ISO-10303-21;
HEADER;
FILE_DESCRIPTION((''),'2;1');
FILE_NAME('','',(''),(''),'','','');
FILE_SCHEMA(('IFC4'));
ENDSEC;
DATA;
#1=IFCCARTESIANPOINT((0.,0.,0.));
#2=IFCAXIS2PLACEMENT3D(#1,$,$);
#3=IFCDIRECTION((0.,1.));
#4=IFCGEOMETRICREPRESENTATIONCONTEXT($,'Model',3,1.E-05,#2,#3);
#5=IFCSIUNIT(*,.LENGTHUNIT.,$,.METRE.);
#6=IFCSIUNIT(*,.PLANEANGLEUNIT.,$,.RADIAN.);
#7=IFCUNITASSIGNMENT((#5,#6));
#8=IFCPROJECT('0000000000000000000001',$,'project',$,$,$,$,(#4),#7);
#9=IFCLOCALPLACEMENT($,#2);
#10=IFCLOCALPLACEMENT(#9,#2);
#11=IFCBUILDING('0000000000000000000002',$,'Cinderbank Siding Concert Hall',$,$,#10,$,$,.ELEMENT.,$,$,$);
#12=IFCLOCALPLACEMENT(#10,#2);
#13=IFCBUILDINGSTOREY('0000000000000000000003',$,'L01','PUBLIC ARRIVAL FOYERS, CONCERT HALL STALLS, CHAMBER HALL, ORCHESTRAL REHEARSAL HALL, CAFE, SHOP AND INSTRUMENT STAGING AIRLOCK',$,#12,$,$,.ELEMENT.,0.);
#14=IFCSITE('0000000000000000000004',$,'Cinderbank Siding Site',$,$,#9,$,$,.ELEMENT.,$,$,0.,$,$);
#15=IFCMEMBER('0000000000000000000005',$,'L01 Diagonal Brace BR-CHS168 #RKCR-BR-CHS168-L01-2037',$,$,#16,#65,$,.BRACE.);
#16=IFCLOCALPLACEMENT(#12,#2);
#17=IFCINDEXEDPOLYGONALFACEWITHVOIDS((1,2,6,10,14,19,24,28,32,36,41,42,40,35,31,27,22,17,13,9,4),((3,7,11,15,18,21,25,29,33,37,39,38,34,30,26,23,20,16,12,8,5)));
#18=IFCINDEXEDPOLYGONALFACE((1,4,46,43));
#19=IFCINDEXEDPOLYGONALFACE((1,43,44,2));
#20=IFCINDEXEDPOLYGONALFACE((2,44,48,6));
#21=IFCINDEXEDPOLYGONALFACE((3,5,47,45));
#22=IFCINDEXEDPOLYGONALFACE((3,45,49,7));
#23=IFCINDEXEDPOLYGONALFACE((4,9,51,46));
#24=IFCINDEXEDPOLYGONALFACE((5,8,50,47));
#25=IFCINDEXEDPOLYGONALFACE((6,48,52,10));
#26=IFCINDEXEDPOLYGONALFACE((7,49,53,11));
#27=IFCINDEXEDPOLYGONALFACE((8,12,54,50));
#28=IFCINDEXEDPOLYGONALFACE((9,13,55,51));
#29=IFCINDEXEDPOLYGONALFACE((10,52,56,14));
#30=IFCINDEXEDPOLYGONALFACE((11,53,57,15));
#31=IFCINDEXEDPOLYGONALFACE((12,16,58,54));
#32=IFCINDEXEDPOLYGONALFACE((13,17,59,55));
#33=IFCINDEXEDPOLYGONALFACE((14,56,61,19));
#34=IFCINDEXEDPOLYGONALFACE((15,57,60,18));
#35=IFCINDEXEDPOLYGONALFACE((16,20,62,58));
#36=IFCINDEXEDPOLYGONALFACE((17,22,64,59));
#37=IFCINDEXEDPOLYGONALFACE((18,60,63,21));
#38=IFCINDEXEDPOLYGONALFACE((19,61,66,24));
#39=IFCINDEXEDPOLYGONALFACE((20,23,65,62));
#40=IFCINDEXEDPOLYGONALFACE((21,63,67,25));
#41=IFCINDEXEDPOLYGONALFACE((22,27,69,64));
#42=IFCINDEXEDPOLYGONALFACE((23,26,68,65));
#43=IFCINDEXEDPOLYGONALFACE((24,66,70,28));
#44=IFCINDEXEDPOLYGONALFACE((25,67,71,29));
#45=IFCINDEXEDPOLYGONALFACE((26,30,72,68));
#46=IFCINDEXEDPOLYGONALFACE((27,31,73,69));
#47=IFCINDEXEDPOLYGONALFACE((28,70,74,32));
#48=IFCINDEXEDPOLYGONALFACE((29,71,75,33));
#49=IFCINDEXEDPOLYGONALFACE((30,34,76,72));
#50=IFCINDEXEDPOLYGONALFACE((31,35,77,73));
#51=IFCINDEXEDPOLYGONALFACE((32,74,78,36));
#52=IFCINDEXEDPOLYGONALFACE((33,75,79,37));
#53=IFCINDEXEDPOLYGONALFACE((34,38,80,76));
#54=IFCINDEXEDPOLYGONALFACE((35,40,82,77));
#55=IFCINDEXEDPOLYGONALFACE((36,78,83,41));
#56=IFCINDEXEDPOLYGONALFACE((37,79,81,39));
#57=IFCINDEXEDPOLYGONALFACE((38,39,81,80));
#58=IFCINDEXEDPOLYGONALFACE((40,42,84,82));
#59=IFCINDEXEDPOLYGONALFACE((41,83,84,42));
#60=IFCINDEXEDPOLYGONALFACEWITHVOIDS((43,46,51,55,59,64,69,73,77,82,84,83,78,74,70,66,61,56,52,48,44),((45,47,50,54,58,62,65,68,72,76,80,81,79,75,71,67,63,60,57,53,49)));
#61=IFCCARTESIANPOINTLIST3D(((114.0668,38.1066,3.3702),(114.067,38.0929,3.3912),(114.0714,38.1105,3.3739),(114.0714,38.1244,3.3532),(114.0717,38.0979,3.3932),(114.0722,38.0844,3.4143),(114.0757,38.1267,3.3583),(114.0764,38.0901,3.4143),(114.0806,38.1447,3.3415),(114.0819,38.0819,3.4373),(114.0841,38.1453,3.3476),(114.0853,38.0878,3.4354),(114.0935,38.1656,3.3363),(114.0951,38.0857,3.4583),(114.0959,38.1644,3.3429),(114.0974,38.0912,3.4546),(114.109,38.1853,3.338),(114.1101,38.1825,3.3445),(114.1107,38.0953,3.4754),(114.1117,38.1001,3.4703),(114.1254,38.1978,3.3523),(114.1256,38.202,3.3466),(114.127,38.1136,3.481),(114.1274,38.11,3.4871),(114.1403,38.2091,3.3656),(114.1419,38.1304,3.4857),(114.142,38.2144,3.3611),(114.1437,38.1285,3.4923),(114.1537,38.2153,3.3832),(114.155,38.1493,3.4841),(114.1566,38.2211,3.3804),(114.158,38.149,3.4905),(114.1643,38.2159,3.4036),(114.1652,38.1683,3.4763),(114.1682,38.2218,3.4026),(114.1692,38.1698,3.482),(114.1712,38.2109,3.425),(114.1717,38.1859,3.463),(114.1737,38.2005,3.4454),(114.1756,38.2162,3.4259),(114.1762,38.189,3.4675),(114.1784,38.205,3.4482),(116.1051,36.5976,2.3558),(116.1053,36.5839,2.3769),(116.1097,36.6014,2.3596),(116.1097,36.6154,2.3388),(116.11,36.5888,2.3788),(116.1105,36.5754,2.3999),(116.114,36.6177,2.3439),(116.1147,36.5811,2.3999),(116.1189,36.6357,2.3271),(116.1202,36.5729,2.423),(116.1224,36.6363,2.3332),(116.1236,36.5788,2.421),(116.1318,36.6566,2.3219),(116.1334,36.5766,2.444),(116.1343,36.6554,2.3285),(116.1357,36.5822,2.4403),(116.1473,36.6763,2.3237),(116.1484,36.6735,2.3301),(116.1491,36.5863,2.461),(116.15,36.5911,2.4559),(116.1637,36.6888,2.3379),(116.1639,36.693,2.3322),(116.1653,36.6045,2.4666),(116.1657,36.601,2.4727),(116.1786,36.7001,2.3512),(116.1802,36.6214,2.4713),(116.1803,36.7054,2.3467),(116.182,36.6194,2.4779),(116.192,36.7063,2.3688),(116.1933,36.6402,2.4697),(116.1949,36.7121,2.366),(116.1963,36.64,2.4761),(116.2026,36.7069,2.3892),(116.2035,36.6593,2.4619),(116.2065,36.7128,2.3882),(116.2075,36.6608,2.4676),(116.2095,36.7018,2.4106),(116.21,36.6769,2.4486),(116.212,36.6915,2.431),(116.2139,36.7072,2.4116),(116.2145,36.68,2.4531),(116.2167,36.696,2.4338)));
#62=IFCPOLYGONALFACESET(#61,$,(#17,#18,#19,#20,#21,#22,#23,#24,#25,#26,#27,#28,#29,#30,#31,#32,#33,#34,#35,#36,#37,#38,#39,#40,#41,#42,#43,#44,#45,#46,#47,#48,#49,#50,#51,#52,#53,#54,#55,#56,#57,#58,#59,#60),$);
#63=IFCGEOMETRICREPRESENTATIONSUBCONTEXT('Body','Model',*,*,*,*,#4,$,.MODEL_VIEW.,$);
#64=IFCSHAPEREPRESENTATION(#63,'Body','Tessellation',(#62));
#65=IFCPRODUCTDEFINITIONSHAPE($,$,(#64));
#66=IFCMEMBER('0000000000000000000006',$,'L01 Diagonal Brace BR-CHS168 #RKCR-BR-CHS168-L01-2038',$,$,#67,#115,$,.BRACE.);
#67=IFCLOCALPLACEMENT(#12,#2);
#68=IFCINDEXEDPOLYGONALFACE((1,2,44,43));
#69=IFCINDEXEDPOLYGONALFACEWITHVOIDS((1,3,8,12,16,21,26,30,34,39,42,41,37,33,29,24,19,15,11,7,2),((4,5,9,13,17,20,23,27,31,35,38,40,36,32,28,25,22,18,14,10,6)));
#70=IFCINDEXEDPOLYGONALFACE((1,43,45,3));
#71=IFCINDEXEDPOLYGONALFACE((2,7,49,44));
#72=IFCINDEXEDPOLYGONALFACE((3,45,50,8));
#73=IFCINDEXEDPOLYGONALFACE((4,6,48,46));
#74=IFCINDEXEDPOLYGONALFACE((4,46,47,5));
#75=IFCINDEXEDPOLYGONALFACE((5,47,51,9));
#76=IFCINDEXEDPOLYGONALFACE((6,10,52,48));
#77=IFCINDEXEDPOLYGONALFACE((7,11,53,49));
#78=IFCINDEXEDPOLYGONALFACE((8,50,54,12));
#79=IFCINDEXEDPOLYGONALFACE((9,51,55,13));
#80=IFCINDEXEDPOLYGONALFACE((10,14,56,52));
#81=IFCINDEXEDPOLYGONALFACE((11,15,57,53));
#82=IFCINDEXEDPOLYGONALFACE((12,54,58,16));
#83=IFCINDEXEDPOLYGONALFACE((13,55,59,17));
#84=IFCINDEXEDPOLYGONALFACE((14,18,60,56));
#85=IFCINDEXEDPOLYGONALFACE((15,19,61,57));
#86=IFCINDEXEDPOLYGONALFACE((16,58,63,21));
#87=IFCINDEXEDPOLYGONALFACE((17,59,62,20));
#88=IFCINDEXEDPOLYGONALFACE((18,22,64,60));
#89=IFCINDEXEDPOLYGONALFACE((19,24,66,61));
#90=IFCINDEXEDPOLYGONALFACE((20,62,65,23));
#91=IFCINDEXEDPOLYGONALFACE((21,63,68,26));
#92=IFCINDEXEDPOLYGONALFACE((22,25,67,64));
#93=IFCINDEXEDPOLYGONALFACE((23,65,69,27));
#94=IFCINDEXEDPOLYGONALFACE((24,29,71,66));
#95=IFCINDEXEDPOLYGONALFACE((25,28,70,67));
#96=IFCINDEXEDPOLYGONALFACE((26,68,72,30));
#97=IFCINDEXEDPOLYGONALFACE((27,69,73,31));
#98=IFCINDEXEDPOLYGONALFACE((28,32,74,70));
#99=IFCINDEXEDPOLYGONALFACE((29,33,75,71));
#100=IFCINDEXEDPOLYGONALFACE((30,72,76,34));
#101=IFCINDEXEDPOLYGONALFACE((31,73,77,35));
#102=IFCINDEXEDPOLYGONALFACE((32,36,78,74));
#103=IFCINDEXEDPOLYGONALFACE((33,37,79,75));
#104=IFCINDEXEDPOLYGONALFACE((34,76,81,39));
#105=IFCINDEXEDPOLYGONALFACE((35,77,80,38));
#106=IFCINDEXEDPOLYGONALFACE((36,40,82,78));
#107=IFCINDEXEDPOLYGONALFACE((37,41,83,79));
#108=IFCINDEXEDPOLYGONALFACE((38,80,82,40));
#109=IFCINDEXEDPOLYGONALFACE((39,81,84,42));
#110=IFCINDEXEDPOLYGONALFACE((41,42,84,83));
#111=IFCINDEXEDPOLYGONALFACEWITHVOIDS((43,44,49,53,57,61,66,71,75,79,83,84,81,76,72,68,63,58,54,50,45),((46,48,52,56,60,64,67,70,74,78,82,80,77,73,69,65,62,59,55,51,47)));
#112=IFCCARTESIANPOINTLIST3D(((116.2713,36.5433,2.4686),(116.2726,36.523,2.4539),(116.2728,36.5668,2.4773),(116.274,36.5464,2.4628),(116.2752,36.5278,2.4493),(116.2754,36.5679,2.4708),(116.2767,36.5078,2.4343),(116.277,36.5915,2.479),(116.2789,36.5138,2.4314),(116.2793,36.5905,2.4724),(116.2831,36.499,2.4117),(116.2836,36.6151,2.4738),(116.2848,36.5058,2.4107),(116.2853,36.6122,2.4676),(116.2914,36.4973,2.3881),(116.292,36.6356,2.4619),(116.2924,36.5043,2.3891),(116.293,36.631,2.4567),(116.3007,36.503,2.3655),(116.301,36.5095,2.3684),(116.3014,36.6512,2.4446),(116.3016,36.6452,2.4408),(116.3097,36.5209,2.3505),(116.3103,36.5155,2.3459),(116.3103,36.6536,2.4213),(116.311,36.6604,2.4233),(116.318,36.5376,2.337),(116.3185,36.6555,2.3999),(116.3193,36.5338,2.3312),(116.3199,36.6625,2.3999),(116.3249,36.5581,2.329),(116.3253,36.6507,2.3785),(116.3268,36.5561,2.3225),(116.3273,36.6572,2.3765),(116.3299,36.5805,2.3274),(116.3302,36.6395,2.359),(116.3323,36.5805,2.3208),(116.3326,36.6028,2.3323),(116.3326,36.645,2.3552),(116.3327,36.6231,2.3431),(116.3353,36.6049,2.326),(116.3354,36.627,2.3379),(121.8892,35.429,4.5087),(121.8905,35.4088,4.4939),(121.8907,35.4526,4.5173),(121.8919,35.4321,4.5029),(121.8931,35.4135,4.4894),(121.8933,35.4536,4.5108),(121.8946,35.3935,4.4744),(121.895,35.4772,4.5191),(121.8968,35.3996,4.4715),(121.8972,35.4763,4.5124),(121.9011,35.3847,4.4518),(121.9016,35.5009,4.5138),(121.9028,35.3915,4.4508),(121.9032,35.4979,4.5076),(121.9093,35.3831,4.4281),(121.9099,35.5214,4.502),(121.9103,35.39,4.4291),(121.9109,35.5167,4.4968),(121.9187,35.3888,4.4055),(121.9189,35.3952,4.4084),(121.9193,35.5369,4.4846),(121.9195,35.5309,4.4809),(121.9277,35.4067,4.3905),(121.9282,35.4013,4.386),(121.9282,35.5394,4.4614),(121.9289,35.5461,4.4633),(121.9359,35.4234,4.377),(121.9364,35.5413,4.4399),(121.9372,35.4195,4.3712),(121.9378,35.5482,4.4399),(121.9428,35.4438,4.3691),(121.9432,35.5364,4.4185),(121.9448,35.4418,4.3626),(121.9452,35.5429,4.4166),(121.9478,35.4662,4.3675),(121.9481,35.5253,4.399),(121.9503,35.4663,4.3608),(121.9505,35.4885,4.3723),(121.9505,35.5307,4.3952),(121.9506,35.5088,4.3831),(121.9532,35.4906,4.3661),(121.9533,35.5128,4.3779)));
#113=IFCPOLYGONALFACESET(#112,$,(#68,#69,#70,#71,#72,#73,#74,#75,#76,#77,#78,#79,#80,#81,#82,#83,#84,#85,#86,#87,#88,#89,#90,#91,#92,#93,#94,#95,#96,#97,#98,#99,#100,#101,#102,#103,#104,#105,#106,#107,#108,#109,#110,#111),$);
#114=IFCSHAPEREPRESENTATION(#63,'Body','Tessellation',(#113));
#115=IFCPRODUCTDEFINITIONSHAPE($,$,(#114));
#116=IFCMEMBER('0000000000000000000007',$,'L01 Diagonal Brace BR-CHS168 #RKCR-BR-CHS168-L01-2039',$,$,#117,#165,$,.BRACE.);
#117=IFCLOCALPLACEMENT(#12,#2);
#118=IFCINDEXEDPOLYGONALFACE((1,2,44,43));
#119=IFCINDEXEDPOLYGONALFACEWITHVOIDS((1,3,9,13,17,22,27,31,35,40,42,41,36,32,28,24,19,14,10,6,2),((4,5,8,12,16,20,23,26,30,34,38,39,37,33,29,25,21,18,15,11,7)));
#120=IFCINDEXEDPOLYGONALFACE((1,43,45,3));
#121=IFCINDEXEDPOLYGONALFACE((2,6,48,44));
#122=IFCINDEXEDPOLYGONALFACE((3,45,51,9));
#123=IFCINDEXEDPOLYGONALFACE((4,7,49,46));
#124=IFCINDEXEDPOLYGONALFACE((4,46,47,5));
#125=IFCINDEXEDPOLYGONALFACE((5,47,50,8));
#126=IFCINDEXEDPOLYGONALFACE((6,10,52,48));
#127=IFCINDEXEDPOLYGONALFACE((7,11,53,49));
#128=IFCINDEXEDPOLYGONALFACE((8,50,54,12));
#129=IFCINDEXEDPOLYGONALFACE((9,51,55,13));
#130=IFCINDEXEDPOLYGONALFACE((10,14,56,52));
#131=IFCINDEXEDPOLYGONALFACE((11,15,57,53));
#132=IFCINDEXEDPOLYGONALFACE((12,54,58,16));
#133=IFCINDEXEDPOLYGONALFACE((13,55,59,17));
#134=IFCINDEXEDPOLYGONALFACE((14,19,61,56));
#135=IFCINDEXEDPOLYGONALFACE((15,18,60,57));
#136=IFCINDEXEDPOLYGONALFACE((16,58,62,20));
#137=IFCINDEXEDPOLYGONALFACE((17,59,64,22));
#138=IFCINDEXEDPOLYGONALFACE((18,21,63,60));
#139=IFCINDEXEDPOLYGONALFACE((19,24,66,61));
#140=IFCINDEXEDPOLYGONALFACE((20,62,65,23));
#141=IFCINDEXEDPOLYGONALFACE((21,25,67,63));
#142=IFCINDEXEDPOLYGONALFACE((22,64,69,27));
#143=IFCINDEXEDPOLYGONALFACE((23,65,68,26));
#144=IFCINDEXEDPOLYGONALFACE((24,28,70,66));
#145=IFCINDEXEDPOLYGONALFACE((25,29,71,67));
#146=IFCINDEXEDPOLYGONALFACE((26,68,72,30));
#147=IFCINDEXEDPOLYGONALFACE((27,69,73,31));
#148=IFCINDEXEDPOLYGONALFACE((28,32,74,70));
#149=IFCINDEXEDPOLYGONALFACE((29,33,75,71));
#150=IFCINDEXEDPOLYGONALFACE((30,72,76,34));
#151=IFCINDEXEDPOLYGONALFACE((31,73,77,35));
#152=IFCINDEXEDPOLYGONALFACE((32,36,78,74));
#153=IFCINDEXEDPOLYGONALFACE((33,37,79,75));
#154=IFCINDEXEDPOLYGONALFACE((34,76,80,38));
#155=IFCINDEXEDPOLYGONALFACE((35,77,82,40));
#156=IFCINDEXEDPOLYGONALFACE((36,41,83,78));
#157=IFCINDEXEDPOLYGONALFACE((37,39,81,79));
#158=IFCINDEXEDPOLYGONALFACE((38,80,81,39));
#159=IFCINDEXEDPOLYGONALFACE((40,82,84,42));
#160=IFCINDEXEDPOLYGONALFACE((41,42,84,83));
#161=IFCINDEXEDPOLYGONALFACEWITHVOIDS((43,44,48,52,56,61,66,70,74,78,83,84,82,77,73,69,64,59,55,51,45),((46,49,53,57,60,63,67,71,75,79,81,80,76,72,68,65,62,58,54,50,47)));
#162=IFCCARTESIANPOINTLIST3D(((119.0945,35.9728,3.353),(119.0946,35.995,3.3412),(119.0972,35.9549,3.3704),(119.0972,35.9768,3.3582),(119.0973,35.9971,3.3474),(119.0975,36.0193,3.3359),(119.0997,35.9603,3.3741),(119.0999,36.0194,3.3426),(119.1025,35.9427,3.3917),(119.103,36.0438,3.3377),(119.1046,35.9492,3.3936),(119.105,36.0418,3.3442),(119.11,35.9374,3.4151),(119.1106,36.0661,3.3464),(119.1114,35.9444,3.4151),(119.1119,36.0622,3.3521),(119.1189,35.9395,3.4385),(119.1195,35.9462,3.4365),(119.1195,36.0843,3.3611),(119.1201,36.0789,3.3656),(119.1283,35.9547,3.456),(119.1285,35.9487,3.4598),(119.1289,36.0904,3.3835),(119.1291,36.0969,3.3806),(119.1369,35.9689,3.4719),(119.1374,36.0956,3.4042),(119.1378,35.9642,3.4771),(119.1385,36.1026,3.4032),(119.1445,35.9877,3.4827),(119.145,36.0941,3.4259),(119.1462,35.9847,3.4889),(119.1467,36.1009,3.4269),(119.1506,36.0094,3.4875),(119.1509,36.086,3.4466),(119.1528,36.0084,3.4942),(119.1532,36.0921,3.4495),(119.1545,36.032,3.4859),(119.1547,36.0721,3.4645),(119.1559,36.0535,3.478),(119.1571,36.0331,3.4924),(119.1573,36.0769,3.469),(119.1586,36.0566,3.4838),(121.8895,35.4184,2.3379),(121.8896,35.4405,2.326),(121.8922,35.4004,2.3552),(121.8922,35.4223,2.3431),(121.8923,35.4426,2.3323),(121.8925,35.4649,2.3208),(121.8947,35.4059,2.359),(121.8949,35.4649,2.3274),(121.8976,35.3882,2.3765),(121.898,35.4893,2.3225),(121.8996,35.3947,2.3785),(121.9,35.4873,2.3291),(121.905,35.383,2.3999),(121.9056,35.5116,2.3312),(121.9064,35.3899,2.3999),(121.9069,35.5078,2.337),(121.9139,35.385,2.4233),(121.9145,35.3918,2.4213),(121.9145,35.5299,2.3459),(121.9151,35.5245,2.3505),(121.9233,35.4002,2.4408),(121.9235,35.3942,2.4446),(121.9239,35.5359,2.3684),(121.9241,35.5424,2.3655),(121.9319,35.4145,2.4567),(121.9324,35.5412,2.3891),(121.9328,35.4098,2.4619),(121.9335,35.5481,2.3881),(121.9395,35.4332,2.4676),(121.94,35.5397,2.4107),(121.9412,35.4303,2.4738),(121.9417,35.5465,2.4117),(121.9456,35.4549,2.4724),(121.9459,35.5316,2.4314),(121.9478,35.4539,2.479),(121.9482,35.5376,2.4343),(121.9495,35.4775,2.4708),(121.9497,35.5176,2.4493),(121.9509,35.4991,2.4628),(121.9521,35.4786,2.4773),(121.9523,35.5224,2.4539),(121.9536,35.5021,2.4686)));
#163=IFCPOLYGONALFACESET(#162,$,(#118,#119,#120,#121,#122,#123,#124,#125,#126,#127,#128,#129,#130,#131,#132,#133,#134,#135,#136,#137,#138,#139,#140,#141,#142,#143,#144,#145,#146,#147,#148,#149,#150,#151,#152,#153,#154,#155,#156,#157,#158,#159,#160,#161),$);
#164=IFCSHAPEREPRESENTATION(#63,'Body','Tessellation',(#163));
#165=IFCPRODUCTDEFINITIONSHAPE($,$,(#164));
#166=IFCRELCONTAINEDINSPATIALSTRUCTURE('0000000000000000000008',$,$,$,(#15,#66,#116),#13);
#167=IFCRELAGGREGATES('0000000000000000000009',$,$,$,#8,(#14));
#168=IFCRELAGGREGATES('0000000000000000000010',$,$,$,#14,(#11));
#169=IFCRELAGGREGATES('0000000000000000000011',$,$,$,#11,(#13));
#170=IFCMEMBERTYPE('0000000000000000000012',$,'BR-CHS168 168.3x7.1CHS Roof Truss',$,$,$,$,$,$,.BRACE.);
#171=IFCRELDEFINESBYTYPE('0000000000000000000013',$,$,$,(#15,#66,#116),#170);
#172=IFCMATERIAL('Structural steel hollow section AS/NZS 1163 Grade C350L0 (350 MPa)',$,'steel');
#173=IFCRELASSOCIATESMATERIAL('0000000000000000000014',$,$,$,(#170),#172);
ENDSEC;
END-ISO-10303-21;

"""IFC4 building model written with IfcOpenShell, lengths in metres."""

from ifc_helpers import new_model, si_unit, direction, frame, origin, origin_2d, place, context, subcontext, project, spatial, hollow_circle, extrude, material, material_profile, profile_set, type_object, element, save


model = new_model("IFC4")

# Units and contexts
model_context = context("Model", 3, precision=1e-05, world=origin(), true_north=direction((0.0, 1.0)))
body_context = subcontext(model_context, "Body", "Model", "MODEL_VIEW")
ifc_project = project(units=[si_unit("LENGTHUNIT", "METRE"), si_unit("PLANEANGLEUNIT", "RADIAN")], contexts=[model_context])

# Site, building, storey
site_placement = place(None, origin())
site = spatial("IfcSite", under=ifc_project, at=site_placement, Name="Cinderbank Siding Site", CompositionType="ELEMENT", RefElevation=0.0)
building_placement = place(site_placement, origin())
building = spatial("IfcBuilding", under=site, at=building_placement, Name="Cinderbank Siding Concert Hall", CompositionType="ELEMENT")
storey_placement = place(building_placement, origin())
storey = spatial("IfcBuildingStorey", under=building, at=storey_placement, Name="L01", Description="PUBLIC ARRIVAL FOYERS, CONCERT HALL STALLS, CHAMBER HALL, ORCHESTRAL REHEARSAL HALL, CAFE, SHOP AND INSTRUMENT STAGING AIRLOCK", CompositionType="ELEMENT", Elevation=0.0)

# Members
ifc_material_1 = material(Name="Structural steel hollow section AS/NZS 1163 Grade C350L0 (350 MPa)", Category="steel")
ifc_material_profile_1 = material_profile(ifc_material_1, hollow_circle(Radius=0.0842, WallThickness=0.0071, at=origin_2d()), Name="168.3x7.1CHS", Category="LoadBearing")
ifc_profile_set_1 = profile_set([ifc_material_profile_1], Name="Structural steel hollow section AS/NZS 1163 Grade C350L0 (350 MPa)")
member_type_1 = type_object("IfcMemberType", Name="BR-CHS168 168.3x7.1CHS Roof Truss", PredefinedType="BRACE", material=ifc_profile_set_1)
member_1_placement = place(storey_placement, frame((116.1606, 36.6431, 2.3999), z_axis=(-0.746236, 0.55246, 0.371375), x_axis=(-0.595013, -0.803716, 0.0)))
element("IfcMember", 1, at=member_1_placement, inside=storey, type_object=member_type_1, Name="L01 Diagonal Brace BR-CHS168 #RKCR-BR-CHS168-L01-2037", PredefinedType="BRACE", context=body_context, shape_type="SweptSolid", body=[
    extrude(hollow_circle(Radius=0.0842, WallThickness=0.0071, at=origin_2d()), origin(), (0.0, 0.0, 1.0), 2.7314),
])
member_2_placement = place(storey_placement, frame((116.3035, 36.5798, 2.3999), z_axis=(0.924026, -0.183271, 0.335542), x_axis=(0.19455, 0.980893, 0.0)))
element("IfcMember", 2, at=member_2_placement, inside=storey, type_object=member_type_1, Name="L01 Diagonal Brace BR-CHS168 #RKCR-BR-CHS168-L01-2038", PredefinedType="BRACE", context=body_context, shape_type="SweptSolid", body=[
    extrude(hollow_circle(Radius=0.0842, WallThickness=0.0071, at=origin_2d()), origin(), (0.0, 0.0, 1.0), 6.0798),
])
for number, where, z_axis, x_axis, name in (
    (3, (121.9214, 35.4656, 2.3999), (-0.923998, 0.183298, 0.335603), (-0.194584, -0.980886, 0.0), "L01 Diagonal Brace BR-CHS168 #RKCR-BR-CHS168-L01-2039"),
):
    element("IfcMember", number, at=place(storey_placement, frame(where, z_axis=z_axis, x_axis=x_axis)), inside=storey, type_object=member_type_1, Name=name, PredefinedType="BRACE", context=body_context, shape_type="SweptSolid", body=[
        extrude(hollow_circle(Radius=0.0842, WallThickness=0.0071, at=origin_2d()), origin(), (0.0, 0.0, 1.0), 3.0249),
    ])

save(model, "model.ifc")
